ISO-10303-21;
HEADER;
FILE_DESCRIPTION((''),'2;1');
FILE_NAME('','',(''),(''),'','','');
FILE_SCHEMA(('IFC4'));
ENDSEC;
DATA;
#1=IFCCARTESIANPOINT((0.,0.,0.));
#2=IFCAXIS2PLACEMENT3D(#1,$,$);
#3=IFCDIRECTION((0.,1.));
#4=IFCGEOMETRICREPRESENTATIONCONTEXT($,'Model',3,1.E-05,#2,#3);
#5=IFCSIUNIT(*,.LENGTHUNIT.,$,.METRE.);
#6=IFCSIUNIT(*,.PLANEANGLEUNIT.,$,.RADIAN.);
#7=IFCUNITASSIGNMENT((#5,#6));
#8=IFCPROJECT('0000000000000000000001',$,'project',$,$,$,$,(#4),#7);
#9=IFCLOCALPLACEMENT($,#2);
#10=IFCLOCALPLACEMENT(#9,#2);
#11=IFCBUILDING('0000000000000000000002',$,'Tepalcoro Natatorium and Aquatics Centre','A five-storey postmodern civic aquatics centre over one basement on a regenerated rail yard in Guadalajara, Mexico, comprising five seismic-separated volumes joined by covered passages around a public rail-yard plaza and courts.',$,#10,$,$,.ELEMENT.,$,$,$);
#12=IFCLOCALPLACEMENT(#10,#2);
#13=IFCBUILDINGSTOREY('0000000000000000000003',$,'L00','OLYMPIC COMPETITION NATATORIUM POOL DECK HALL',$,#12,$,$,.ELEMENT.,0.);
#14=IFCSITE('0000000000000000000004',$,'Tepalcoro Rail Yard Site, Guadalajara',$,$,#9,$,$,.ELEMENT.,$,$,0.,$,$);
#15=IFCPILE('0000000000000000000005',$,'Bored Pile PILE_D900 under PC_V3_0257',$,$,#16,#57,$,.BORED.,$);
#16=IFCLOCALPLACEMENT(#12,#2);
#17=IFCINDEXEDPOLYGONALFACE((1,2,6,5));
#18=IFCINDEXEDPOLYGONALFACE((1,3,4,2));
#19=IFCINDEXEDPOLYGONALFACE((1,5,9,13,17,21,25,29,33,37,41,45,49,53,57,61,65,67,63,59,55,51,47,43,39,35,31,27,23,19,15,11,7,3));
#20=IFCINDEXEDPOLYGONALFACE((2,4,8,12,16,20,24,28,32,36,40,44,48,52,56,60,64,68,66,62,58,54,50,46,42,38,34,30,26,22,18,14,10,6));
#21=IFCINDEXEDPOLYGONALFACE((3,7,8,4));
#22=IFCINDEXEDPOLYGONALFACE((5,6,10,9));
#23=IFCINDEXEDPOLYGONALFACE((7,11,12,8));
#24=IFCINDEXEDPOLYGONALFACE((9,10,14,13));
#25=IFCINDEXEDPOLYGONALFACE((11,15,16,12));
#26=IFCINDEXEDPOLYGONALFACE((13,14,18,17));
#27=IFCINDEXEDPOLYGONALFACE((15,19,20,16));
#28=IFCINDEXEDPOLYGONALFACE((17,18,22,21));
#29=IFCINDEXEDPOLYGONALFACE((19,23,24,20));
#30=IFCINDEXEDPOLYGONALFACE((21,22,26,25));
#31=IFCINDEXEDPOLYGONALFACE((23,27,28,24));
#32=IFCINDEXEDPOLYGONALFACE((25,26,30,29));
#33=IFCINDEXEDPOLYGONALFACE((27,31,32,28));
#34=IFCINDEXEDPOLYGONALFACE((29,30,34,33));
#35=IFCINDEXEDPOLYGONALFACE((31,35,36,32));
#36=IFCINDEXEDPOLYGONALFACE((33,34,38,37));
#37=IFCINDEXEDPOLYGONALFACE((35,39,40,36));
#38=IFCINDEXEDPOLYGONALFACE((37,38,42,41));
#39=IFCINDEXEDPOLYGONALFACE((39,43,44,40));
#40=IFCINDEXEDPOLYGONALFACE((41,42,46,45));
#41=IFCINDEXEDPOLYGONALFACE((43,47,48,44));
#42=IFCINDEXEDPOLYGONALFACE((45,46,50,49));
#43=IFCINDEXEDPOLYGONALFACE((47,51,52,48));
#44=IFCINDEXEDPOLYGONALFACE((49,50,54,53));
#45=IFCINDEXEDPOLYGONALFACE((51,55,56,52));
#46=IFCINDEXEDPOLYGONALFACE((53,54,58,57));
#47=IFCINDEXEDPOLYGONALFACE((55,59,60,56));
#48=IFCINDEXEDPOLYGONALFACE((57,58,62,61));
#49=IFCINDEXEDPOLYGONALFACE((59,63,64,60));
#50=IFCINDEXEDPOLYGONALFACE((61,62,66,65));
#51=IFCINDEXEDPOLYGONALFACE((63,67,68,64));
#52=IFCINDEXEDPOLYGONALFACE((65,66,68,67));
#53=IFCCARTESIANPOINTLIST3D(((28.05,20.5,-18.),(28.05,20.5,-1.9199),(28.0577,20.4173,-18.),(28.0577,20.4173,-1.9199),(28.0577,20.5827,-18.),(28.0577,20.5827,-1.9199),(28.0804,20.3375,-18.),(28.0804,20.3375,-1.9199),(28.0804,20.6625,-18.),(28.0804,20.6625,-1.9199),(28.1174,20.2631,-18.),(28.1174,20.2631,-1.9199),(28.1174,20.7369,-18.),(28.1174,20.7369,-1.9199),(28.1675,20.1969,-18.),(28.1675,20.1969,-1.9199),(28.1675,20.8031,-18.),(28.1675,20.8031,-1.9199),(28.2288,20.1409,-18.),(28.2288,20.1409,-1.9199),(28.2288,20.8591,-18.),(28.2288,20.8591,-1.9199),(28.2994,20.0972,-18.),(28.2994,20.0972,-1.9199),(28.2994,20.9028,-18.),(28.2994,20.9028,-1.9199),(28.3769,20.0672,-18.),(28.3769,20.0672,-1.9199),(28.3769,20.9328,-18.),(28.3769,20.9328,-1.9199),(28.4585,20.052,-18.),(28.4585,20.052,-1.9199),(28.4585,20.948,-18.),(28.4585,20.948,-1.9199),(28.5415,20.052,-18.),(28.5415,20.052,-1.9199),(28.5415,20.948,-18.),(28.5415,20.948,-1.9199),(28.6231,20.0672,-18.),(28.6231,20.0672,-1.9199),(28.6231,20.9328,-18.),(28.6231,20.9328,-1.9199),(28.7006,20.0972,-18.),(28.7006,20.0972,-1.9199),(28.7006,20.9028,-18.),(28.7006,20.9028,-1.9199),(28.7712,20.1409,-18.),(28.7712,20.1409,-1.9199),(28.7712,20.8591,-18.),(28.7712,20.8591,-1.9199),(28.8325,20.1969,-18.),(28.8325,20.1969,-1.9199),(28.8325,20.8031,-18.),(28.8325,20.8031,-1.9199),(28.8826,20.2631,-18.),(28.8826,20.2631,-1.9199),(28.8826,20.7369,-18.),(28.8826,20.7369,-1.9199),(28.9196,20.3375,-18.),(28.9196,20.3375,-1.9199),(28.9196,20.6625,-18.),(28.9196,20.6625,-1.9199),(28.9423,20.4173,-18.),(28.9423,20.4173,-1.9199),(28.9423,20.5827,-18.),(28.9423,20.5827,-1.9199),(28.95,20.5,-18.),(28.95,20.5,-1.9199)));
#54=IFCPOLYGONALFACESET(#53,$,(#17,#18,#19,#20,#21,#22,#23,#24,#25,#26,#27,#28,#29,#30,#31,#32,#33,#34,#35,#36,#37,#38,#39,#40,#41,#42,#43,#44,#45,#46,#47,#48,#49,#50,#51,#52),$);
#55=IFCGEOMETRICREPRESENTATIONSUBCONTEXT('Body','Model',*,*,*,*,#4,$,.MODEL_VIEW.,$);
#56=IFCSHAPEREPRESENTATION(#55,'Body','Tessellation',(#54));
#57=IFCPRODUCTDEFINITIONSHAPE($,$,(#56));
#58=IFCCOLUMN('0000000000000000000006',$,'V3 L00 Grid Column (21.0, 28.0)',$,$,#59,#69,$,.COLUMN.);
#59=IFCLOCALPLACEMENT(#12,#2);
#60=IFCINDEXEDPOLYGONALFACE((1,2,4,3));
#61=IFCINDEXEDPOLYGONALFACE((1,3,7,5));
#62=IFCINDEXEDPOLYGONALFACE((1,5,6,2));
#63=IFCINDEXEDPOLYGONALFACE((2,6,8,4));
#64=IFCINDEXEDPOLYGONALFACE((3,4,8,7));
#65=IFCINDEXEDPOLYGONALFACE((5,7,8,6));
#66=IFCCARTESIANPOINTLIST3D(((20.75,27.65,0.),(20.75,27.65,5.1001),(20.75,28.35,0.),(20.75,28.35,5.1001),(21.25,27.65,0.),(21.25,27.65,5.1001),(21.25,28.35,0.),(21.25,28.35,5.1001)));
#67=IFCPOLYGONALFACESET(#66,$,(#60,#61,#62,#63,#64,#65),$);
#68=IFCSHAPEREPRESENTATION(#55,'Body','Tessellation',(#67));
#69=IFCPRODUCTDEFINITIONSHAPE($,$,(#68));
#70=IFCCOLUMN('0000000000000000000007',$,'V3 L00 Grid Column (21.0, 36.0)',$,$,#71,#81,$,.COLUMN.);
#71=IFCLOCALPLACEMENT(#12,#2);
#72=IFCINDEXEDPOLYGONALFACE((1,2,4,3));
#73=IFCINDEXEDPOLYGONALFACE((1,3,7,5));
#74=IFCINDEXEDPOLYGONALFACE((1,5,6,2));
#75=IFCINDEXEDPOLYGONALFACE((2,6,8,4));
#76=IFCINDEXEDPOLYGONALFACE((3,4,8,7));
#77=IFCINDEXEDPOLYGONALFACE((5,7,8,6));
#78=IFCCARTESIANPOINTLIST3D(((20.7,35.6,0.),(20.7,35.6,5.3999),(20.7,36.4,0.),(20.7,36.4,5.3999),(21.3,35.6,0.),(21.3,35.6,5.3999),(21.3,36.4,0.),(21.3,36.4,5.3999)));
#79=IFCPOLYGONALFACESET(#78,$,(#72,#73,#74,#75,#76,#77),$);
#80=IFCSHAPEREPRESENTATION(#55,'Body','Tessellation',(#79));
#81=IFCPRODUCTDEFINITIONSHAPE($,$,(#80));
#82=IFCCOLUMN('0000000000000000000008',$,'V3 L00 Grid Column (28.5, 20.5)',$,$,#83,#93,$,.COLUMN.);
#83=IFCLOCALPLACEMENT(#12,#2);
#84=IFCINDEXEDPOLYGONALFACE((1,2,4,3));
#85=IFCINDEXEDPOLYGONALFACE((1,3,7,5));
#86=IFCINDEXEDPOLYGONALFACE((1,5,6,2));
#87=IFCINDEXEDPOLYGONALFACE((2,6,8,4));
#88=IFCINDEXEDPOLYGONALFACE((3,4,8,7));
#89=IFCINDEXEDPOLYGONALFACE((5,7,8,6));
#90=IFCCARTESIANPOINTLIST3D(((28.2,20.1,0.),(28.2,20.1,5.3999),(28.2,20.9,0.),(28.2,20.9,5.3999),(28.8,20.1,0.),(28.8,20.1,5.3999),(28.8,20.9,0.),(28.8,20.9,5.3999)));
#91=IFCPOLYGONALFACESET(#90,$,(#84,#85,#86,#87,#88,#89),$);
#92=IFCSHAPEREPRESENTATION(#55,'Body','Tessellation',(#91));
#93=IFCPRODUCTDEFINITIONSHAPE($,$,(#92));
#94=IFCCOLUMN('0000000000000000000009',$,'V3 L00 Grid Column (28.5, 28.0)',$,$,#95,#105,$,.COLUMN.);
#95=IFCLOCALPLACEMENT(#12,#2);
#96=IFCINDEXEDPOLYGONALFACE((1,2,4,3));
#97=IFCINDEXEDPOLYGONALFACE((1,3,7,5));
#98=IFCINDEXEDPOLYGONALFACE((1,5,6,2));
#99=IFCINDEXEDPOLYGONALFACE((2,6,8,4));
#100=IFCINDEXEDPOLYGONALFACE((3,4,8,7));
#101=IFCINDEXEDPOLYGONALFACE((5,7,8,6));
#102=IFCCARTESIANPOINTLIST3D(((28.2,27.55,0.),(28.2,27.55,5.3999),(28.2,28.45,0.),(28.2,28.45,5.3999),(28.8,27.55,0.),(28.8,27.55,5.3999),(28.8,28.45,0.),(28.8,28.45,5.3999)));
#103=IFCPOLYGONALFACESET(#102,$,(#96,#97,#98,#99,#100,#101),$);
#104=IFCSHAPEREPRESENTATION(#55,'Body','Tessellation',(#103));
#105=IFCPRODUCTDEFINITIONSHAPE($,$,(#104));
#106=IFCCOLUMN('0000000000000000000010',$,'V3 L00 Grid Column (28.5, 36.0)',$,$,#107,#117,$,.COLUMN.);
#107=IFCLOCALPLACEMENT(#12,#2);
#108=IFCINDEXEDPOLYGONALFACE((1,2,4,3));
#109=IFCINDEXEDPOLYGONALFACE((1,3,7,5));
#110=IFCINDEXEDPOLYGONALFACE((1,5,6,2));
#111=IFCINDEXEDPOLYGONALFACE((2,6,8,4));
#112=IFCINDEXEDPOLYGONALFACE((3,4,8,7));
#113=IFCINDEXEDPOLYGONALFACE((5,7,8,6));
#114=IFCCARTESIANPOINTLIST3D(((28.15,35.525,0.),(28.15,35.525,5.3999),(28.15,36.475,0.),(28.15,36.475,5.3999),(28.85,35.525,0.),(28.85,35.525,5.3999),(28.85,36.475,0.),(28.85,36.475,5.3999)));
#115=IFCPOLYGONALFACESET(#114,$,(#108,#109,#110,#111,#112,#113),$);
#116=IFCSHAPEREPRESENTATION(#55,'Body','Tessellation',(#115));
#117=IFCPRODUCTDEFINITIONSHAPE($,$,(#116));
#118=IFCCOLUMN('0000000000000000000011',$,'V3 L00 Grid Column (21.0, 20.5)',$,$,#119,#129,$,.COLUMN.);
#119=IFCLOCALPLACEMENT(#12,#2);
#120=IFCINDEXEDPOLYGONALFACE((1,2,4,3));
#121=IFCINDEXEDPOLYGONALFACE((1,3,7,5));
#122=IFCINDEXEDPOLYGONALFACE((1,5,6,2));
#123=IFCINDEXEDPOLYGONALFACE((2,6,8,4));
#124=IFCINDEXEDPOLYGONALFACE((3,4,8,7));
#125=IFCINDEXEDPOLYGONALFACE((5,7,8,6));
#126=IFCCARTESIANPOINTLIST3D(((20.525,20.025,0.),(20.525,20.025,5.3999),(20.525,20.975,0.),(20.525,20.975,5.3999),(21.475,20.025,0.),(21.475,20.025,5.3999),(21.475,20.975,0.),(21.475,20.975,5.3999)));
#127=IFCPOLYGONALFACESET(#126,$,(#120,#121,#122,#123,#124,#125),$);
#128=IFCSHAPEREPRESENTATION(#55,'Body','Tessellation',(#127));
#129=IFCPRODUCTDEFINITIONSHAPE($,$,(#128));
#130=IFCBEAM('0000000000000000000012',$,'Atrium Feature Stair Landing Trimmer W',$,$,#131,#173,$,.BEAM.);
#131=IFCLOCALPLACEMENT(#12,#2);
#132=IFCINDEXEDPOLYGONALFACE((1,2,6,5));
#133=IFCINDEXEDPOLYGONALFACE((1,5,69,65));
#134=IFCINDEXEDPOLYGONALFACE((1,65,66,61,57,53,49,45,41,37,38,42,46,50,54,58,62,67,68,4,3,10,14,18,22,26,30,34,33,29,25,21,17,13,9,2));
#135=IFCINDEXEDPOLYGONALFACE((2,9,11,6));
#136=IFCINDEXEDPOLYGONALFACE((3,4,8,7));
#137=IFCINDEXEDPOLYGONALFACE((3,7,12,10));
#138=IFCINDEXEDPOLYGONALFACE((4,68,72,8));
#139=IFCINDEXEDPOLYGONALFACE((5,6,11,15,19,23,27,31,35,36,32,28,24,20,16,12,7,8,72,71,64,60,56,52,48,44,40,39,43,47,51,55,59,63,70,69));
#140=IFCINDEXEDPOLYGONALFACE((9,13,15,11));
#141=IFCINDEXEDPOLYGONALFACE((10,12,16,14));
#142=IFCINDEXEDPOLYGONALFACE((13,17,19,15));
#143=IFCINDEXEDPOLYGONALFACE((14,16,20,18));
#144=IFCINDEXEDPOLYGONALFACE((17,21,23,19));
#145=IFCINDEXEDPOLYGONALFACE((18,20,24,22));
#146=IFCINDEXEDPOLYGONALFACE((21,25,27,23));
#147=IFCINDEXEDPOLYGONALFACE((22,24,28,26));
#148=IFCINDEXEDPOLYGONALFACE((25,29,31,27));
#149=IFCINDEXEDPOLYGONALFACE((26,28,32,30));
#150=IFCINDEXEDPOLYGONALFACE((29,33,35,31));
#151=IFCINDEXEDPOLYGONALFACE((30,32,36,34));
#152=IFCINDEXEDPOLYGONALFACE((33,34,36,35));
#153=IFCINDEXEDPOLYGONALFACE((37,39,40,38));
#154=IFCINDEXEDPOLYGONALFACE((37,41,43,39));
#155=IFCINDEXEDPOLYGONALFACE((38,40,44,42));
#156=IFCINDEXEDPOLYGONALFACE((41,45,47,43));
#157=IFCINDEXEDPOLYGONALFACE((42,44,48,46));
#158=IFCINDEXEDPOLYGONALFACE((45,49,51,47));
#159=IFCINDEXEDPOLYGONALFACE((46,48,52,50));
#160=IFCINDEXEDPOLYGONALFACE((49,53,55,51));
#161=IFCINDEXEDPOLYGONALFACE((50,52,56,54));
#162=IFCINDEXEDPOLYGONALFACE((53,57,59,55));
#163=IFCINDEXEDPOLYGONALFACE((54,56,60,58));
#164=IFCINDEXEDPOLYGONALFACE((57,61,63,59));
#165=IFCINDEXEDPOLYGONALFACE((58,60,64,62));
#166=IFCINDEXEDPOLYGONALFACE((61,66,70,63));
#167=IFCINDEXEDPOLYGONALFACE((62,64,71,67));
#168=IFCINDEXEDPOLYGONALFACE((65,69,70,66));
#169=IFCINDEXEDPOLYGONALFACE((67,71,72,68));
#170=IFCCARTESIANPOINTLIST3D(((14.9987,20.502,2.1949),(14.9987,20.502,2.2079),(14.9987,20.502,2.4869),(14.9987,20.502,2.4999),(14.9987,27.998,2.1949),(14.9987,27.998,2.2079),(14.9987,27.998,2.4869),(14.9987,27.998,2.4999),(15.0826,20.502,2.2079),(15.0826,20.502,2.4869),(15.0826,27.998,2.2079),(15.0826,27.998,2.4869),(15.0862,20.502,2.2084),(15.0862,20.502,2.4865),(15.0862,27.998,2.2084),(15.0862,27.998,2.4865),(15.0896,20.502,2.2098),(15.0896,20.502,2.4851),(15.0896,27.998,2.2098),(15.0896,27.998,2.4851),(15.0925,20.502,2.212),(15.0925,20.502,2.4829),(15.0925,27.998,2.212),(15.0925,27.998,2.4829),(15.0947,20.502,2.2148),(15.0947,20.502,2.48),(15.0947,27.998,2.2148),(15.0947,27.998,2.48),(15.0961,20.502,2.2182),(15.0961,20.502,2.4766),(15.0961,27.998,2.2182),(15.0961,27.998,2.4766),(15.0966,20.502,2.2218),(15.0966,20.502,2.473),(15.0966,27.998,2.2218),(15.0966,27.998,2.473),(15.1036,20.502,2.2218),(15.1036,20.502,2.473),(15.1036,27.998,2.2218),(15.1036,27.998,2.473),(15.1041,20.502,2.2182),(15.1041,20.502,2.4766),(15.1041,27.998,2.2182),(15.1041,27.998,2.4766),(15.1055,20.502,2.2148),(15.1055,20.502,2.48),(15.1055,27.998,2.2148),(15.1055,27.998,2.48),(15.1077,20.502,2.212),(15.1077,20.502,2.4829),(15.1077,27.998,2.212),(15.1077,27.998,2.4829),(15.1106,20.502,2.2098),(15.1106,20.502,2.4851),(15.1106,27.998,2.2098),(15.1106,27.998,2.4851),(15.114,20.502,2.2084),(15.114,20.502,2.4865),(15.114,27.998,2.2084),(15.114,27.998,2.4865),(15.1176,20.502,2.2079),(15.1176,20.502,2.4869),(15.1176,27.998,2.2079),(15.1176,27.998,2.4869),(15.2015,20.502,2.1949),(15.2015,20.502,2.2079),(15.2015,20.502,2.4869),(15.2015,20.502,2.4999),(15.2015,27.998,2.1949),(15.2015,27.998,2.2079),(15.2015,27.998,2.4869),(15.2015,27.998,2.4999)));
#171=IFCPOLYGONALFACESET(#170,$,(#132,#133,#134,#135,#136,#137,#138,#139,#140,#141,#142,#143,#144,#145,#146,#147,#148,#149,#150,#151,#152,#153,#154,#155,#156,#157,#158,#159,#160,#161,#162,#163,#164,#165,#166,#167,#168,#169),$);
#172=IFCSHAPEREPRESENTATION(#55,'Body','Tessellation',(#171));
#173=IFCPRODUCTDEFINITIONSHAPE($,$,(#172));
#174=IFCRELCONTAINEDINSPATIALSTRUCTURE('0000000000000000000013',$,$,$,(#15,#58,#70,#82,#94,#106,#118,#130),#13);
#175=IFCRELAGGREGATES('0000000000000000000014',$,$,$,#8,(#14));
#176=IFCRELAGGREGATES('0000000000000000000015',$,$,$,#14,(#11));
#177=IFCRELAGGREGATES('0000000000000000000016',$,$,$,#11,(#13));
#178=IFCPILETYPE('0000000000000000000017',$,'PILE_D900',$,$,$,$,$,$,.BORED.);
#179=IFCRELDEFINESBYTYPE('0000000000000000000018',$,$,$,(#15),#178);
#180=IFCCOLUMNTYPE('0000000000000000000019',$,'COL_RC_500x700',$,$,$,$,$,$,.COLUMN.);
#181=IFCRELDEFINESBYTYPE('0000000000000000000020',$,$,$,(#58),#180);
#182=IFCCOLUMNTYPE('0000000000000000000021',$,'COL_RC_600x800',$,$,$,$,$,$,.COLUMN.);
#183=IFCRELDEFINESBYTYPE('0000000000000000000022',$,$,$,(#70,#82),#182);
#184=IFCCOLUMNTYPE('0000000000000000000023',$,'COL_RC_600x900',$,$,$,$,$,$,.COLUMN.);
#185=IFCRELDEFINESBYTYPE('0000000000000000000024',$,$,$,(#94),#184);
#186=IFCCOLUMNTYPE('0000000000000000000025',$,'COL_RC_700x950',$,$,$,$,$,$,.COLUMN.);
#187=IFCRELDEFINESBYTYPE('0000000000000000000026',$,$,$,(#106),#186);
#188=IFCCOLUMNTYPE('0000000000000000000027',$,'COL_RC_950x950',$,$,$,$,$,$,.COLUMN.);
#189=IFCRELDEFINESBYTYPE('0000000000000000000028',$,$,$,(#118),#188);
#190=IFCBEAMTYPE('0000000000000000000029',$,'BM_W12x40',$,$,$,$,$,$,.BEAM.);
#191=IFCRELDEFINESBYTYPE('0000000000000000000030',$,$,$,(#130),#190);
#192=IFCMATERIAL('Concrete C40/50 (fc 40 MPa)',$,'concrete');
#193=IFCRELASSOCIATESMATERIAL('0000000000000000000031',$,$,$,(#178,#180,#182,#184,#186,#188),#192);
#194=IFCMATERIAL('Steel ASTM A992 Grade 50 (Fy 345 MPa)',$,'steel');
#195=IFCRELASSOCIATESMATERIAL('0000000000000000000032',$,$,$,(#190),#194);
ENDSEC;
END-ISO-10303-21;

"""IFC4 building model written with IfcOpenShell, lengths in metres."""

from ifc_helpers import new_model, si_unit, direction, frame, origin, origin_2d, place, context, subcontext, project, spatial, rectangle, circle, i_section, extrude, material, material_profile, profile_set, type_object, element, save


model = new_model("IFC4")

# Units and contexts
model_context = context("Model", 3, precision=1e-05, world=origin(), true_north=direction((0.0, 1.0)))
body_context = subcontext(model_context, "Body", "Model", "MODEL_VIEW")
ifc_project = project(units=[si_unit("LENGTHUNIT", "METRE"), si_unit("PLANEANGLEUNIT", "RADIAN")], contexts=[model_context])

# Site, building, storey
site_placement = place(None, origin())
site = spatial("IfcSite", under=ifc_project, at=site_placement, Name="Tepalcoro Rail Yard Site, Guadalajara", CompositionType="ELEMENT", RefElevation=0.0)
building_placement = place(site_placement, origin())
building = spatial("IfcBuilding", under=site, at=building_placement, Name="Tepalcoro Natatorium and Aquatics Centre", Description="A five-storey postmodern civic aquatics centre over one basement on a regenerated rail yard in Guadalajara, Mexico, comprising five seismic-separated volumes joined by covered passages around a public rail-yard plaza and courts.", CompositionType="ELEMENT")
storey_placement = place(building_placement, origin())
storey = spatial("IfcBuildingStorey", under=building, at=storey_placement, Name="L00", Description="OLYMPIC COMPETITION NATATORIUM POOL DECK HALL", CompositionType="ELEMENT", Elevation=0.0)

# Pile
ifc_material_1 = material(Name="Concrete C40/50 (fc 40 MPa)", Category="concrete")
ifc_material_profile_1 = material_profile(ifc_material_1, circle(Radius=0.45, at=origin_2d()), Name="PILE_D900")
ifc_profile_set_1 = profile_set([ifc_material_profile_1], Name="Concrete C40/50 (fc 40 MPa)")
pile_type_1 = type_object("IfcPileType", Name="PILE_D900", PredefinedType="BORED", material=ifc_profile_set_1)
pile_1_placement = place(storey_placement, frame((28.5, 20.5, -1.9199), z_axis=(0.0, 0.0, -1.0), x_axis=(1.0, 0.0, 0.0)))
element("IfcPile", 1, at=pile_1_placement, inside=storey, type_object=pile_type_1, Name="Bored Pile PILE_D900 under PC_V3_0257", PredefinedType="BORED", context=body_context, shape_type="SweptSolid", body=[
    extrude(circle(Radius=0.45, at=origin_2d()), origin(), (0.0, 0.0, 1.0), 16.0801),
])

# Columns
ifc_material_profile_2 = material_profile(ifc_material_1, rectangle(XDim=0.5, YDim=0.7, at=origin_2d()), Name="RC500x700")
ifc_profile_set_2 = profile_set([ifc_material_profile_2], Name="Concrete C40/50 (fc 40 MPa)")
column_type_1 = type_object("IfcColumnType", Name="COL_RC_500x700", PredefinedType="COLUMN", material=ifc_profile_set_2)
column_1_placement = place(storey_placement, frame((21.0, 28.0, 0.0), z_axis=(0.0, 0.0, 1.0), x_axis=(1.0, 0.0, 0.0)))
element("IfcColumn", 2, at=column_1_placement, inside=storey, type_object=column_type_1, Name="V3 L00 Grid Column (21.0, 28.0)", PredefinedType="COLUMN", context=body_context, shape_type="SweptSolid", body=[
    extrude(rectangle(XDim=0.5, YDim=0.7, at=origin_2d()), origin(), (0.0, 0.0, 1.0), 5.1001),
])
ifc_material_profile_3 = material_profile(ifc_material_1, rectangle(XDim=0.6001, YDim=0.8, at=origin_2d()), Name="RC600x800")
ifc_profile_set_3 = profile_set([ifc_material_profile_3], Name="Concrete C40/50 (fc 40 MPa)")
column_type_2 = type_object("IfcColumnType", Name="COL_RC_600x800", PredefinedType="COLUMN", material=ifc_profile_set_3)
for number, where, z_axis, x_axis, name in (
    (3, (21.0, 36.0, 0.0), (0.0, 0.0, 1.0), (1.0, 0.0, 0.0), "V3 L00 Grid Column (21.0, 36.0)"),
    (4, (28.5, 20.5, 0.0), (0.0, 0.0, 1.0), (1.0, 0.0, 0.0), "V3 L00 Grid Column (28.5, 20.5)"),
):
    element("IfcColumn", number, at=place(storey_placement, frame(where, z_axis=z_axis, x_axis=x_axis)), inside=storey, type_object=column_type_2, Name=name, PredefinedType="COLUMN", context=body_context, shape_type="SweptSolid", body=[
        extrude(rectangle(XDim=0.6001, YDim=0.8, at=origin_2d()), origin(), (0.0, 0.0, 1.0), 5.3999),
    ])
ifc_material_profile_4 = material_profile(ifc_material_1, rectangle(XDim=0.6001, YDim=0.8999, at=origin_2d()), Name="RC600x900")
ifc_profile_set_4 = profile_set([ifc_material_profile_4], Name="Concrete C40/50 (fc 40 MPa)")
column_type_3 = type_object("IfcColumnType", Name="COL_RC_600x900", PredefinedType="COLUMN", material=ifc_profile_set_4)
column_2_placement = place(storey_placement, frame((28.5, 28.0, 0.0), z_axis=(0.0, 0.0, 1.0), x_axis=(1.0, 0.0, 0.0)))
element("IfcColumn", 5, at=column_2_placement, inside=storey, type_object=column_type_3, Name="V3 L00 Grid Column (28.5, 28.0)", PredefinedType="COLUMN", context=body_context, shape_type="SweptSolid", body=[
    extrude(rectangle(XDim=0.6001, YDim=0.8999, at=origin_2d()), origin(), (0.0, 0.0, 1.0), 5.3999),
])
ifc_material_profile_5 = material_profile(ifc_material_1, rectangle(XDim=0.7, YDim=0.95, at=origin_2d()), Name="RC700x950")
ifc_profile_set_5 = profile_set([ifc_material_profile_5], Name="Concrete C40/50 (fc 40 MPa)")
column_type_4 = type_object("IfcColumnType", Name="COL_RC_700x950", PredefinedType="COLUMN", material=ifc_profile_set_5)
column_3_placement = place(storey_placement, frame((28.5, 36.0, 0.0), z_axis=(0.0, 0.0, 1.0), x_axis=(1.0, 0.0, 0.0)))
element("IfcColumn", 6, at=column_3_placement, inside=storey, type_object=column_type_4, Name="V3 L00 Grid Column (28.5, 36.0)", PredefinedType="COLUMN", context=body_context, shape_type="SweptSolid", body=[
    extrude(rectangle(XDim=0.7, YDim=0.95, at=origin_2d()), origin(), (0.0, 0.0, 1.0), 5.3999),
])
ifc_material_profile_6 = material_profile(ifc_material_1, rectangle(XDim=0.95, YDim=0.95, at=origin_2d()), Name="RC950x950")
ifc_profile_set_6 = profile_set([ifc_material_profile_6], Name="Concrete C40/50 (fc 40 MPa)")
column_type_5 = type_object("IfcColumnType", Name="COL_RC_950x950", PredefinedType="COLUMN", material=ifc_profile_set_6)
column_4_placement = place(storey_placement, frame((21.0, 20.5, 0.0), z_axis=(0.0, 0.0, 1.0), x_axis=(1.0, 0.0, 0.0)))
element("IfcColumn", 7, at=column_4_placement, inside=storey, type_object=column_type_5, Name="V3 L00 Grid Column (21.0, 20.5)", PredefinedType="COLUMN", context=body_context, shape_type="SweptSolid", body=[
    extrude(rectangle(XDim=0.95, YDim=0.95, at=origin_2d()), origin(), (0.0, 0.0, 1.0), 5.3999),
])

# Beam
ifc_material_2 = material(Name="Steel ASTM A992 Grade 50 (Fy 345 MPa)", Category="steel")
ifc_material_profile_7 = material_profile(ifc_material_2, i_section(OverallWidth=0.2029, OverallDepth=0.3049, WebThickness=0.0071, FlangeThickness=0.0129, FilletRadius=0.0139, at=origin_2d()), Name="W12X40")
ifc_profile_set_7 = profile_set([ifc_material_profile_7], Name="Steel ASTM A992 Grade 50 (Fy 345 MPa)")
beam_type_1 = type_object("IfcBeamType", Name="BM_W12x40", PredefinedType="BEAM", material=ifc_profile_set_7)
for number, where, z_axis, x_axis, name in (
    (8, (15.1001, 20.502, 2.3474), (0.0, 1.0, 0.0), (-1.0, 0.0, 0.0), "Atrium Feature Stair Landing Trimmer W"),
):
    element("IfcBeam", number, at=place(storey_placement, frame(where, z_axis=z_axis, x_axis=x_axis)), inside=storey, type_object=beam_type_1, Name=name, PredefinedType="BEAM", context=body_context, shape_type="SweptSolid", body=[
        extrude(i_section(OverallWidth=0.2029, OverallDepth=0.3049, WebThickness=0.0071, FlangeThickness=0.0129, FilletRadius=0.0139, at=origin_2d()), origin(), (0.0, 0.0, 1.0), 7.4961),
    ])

save(model, "model.ifc")
